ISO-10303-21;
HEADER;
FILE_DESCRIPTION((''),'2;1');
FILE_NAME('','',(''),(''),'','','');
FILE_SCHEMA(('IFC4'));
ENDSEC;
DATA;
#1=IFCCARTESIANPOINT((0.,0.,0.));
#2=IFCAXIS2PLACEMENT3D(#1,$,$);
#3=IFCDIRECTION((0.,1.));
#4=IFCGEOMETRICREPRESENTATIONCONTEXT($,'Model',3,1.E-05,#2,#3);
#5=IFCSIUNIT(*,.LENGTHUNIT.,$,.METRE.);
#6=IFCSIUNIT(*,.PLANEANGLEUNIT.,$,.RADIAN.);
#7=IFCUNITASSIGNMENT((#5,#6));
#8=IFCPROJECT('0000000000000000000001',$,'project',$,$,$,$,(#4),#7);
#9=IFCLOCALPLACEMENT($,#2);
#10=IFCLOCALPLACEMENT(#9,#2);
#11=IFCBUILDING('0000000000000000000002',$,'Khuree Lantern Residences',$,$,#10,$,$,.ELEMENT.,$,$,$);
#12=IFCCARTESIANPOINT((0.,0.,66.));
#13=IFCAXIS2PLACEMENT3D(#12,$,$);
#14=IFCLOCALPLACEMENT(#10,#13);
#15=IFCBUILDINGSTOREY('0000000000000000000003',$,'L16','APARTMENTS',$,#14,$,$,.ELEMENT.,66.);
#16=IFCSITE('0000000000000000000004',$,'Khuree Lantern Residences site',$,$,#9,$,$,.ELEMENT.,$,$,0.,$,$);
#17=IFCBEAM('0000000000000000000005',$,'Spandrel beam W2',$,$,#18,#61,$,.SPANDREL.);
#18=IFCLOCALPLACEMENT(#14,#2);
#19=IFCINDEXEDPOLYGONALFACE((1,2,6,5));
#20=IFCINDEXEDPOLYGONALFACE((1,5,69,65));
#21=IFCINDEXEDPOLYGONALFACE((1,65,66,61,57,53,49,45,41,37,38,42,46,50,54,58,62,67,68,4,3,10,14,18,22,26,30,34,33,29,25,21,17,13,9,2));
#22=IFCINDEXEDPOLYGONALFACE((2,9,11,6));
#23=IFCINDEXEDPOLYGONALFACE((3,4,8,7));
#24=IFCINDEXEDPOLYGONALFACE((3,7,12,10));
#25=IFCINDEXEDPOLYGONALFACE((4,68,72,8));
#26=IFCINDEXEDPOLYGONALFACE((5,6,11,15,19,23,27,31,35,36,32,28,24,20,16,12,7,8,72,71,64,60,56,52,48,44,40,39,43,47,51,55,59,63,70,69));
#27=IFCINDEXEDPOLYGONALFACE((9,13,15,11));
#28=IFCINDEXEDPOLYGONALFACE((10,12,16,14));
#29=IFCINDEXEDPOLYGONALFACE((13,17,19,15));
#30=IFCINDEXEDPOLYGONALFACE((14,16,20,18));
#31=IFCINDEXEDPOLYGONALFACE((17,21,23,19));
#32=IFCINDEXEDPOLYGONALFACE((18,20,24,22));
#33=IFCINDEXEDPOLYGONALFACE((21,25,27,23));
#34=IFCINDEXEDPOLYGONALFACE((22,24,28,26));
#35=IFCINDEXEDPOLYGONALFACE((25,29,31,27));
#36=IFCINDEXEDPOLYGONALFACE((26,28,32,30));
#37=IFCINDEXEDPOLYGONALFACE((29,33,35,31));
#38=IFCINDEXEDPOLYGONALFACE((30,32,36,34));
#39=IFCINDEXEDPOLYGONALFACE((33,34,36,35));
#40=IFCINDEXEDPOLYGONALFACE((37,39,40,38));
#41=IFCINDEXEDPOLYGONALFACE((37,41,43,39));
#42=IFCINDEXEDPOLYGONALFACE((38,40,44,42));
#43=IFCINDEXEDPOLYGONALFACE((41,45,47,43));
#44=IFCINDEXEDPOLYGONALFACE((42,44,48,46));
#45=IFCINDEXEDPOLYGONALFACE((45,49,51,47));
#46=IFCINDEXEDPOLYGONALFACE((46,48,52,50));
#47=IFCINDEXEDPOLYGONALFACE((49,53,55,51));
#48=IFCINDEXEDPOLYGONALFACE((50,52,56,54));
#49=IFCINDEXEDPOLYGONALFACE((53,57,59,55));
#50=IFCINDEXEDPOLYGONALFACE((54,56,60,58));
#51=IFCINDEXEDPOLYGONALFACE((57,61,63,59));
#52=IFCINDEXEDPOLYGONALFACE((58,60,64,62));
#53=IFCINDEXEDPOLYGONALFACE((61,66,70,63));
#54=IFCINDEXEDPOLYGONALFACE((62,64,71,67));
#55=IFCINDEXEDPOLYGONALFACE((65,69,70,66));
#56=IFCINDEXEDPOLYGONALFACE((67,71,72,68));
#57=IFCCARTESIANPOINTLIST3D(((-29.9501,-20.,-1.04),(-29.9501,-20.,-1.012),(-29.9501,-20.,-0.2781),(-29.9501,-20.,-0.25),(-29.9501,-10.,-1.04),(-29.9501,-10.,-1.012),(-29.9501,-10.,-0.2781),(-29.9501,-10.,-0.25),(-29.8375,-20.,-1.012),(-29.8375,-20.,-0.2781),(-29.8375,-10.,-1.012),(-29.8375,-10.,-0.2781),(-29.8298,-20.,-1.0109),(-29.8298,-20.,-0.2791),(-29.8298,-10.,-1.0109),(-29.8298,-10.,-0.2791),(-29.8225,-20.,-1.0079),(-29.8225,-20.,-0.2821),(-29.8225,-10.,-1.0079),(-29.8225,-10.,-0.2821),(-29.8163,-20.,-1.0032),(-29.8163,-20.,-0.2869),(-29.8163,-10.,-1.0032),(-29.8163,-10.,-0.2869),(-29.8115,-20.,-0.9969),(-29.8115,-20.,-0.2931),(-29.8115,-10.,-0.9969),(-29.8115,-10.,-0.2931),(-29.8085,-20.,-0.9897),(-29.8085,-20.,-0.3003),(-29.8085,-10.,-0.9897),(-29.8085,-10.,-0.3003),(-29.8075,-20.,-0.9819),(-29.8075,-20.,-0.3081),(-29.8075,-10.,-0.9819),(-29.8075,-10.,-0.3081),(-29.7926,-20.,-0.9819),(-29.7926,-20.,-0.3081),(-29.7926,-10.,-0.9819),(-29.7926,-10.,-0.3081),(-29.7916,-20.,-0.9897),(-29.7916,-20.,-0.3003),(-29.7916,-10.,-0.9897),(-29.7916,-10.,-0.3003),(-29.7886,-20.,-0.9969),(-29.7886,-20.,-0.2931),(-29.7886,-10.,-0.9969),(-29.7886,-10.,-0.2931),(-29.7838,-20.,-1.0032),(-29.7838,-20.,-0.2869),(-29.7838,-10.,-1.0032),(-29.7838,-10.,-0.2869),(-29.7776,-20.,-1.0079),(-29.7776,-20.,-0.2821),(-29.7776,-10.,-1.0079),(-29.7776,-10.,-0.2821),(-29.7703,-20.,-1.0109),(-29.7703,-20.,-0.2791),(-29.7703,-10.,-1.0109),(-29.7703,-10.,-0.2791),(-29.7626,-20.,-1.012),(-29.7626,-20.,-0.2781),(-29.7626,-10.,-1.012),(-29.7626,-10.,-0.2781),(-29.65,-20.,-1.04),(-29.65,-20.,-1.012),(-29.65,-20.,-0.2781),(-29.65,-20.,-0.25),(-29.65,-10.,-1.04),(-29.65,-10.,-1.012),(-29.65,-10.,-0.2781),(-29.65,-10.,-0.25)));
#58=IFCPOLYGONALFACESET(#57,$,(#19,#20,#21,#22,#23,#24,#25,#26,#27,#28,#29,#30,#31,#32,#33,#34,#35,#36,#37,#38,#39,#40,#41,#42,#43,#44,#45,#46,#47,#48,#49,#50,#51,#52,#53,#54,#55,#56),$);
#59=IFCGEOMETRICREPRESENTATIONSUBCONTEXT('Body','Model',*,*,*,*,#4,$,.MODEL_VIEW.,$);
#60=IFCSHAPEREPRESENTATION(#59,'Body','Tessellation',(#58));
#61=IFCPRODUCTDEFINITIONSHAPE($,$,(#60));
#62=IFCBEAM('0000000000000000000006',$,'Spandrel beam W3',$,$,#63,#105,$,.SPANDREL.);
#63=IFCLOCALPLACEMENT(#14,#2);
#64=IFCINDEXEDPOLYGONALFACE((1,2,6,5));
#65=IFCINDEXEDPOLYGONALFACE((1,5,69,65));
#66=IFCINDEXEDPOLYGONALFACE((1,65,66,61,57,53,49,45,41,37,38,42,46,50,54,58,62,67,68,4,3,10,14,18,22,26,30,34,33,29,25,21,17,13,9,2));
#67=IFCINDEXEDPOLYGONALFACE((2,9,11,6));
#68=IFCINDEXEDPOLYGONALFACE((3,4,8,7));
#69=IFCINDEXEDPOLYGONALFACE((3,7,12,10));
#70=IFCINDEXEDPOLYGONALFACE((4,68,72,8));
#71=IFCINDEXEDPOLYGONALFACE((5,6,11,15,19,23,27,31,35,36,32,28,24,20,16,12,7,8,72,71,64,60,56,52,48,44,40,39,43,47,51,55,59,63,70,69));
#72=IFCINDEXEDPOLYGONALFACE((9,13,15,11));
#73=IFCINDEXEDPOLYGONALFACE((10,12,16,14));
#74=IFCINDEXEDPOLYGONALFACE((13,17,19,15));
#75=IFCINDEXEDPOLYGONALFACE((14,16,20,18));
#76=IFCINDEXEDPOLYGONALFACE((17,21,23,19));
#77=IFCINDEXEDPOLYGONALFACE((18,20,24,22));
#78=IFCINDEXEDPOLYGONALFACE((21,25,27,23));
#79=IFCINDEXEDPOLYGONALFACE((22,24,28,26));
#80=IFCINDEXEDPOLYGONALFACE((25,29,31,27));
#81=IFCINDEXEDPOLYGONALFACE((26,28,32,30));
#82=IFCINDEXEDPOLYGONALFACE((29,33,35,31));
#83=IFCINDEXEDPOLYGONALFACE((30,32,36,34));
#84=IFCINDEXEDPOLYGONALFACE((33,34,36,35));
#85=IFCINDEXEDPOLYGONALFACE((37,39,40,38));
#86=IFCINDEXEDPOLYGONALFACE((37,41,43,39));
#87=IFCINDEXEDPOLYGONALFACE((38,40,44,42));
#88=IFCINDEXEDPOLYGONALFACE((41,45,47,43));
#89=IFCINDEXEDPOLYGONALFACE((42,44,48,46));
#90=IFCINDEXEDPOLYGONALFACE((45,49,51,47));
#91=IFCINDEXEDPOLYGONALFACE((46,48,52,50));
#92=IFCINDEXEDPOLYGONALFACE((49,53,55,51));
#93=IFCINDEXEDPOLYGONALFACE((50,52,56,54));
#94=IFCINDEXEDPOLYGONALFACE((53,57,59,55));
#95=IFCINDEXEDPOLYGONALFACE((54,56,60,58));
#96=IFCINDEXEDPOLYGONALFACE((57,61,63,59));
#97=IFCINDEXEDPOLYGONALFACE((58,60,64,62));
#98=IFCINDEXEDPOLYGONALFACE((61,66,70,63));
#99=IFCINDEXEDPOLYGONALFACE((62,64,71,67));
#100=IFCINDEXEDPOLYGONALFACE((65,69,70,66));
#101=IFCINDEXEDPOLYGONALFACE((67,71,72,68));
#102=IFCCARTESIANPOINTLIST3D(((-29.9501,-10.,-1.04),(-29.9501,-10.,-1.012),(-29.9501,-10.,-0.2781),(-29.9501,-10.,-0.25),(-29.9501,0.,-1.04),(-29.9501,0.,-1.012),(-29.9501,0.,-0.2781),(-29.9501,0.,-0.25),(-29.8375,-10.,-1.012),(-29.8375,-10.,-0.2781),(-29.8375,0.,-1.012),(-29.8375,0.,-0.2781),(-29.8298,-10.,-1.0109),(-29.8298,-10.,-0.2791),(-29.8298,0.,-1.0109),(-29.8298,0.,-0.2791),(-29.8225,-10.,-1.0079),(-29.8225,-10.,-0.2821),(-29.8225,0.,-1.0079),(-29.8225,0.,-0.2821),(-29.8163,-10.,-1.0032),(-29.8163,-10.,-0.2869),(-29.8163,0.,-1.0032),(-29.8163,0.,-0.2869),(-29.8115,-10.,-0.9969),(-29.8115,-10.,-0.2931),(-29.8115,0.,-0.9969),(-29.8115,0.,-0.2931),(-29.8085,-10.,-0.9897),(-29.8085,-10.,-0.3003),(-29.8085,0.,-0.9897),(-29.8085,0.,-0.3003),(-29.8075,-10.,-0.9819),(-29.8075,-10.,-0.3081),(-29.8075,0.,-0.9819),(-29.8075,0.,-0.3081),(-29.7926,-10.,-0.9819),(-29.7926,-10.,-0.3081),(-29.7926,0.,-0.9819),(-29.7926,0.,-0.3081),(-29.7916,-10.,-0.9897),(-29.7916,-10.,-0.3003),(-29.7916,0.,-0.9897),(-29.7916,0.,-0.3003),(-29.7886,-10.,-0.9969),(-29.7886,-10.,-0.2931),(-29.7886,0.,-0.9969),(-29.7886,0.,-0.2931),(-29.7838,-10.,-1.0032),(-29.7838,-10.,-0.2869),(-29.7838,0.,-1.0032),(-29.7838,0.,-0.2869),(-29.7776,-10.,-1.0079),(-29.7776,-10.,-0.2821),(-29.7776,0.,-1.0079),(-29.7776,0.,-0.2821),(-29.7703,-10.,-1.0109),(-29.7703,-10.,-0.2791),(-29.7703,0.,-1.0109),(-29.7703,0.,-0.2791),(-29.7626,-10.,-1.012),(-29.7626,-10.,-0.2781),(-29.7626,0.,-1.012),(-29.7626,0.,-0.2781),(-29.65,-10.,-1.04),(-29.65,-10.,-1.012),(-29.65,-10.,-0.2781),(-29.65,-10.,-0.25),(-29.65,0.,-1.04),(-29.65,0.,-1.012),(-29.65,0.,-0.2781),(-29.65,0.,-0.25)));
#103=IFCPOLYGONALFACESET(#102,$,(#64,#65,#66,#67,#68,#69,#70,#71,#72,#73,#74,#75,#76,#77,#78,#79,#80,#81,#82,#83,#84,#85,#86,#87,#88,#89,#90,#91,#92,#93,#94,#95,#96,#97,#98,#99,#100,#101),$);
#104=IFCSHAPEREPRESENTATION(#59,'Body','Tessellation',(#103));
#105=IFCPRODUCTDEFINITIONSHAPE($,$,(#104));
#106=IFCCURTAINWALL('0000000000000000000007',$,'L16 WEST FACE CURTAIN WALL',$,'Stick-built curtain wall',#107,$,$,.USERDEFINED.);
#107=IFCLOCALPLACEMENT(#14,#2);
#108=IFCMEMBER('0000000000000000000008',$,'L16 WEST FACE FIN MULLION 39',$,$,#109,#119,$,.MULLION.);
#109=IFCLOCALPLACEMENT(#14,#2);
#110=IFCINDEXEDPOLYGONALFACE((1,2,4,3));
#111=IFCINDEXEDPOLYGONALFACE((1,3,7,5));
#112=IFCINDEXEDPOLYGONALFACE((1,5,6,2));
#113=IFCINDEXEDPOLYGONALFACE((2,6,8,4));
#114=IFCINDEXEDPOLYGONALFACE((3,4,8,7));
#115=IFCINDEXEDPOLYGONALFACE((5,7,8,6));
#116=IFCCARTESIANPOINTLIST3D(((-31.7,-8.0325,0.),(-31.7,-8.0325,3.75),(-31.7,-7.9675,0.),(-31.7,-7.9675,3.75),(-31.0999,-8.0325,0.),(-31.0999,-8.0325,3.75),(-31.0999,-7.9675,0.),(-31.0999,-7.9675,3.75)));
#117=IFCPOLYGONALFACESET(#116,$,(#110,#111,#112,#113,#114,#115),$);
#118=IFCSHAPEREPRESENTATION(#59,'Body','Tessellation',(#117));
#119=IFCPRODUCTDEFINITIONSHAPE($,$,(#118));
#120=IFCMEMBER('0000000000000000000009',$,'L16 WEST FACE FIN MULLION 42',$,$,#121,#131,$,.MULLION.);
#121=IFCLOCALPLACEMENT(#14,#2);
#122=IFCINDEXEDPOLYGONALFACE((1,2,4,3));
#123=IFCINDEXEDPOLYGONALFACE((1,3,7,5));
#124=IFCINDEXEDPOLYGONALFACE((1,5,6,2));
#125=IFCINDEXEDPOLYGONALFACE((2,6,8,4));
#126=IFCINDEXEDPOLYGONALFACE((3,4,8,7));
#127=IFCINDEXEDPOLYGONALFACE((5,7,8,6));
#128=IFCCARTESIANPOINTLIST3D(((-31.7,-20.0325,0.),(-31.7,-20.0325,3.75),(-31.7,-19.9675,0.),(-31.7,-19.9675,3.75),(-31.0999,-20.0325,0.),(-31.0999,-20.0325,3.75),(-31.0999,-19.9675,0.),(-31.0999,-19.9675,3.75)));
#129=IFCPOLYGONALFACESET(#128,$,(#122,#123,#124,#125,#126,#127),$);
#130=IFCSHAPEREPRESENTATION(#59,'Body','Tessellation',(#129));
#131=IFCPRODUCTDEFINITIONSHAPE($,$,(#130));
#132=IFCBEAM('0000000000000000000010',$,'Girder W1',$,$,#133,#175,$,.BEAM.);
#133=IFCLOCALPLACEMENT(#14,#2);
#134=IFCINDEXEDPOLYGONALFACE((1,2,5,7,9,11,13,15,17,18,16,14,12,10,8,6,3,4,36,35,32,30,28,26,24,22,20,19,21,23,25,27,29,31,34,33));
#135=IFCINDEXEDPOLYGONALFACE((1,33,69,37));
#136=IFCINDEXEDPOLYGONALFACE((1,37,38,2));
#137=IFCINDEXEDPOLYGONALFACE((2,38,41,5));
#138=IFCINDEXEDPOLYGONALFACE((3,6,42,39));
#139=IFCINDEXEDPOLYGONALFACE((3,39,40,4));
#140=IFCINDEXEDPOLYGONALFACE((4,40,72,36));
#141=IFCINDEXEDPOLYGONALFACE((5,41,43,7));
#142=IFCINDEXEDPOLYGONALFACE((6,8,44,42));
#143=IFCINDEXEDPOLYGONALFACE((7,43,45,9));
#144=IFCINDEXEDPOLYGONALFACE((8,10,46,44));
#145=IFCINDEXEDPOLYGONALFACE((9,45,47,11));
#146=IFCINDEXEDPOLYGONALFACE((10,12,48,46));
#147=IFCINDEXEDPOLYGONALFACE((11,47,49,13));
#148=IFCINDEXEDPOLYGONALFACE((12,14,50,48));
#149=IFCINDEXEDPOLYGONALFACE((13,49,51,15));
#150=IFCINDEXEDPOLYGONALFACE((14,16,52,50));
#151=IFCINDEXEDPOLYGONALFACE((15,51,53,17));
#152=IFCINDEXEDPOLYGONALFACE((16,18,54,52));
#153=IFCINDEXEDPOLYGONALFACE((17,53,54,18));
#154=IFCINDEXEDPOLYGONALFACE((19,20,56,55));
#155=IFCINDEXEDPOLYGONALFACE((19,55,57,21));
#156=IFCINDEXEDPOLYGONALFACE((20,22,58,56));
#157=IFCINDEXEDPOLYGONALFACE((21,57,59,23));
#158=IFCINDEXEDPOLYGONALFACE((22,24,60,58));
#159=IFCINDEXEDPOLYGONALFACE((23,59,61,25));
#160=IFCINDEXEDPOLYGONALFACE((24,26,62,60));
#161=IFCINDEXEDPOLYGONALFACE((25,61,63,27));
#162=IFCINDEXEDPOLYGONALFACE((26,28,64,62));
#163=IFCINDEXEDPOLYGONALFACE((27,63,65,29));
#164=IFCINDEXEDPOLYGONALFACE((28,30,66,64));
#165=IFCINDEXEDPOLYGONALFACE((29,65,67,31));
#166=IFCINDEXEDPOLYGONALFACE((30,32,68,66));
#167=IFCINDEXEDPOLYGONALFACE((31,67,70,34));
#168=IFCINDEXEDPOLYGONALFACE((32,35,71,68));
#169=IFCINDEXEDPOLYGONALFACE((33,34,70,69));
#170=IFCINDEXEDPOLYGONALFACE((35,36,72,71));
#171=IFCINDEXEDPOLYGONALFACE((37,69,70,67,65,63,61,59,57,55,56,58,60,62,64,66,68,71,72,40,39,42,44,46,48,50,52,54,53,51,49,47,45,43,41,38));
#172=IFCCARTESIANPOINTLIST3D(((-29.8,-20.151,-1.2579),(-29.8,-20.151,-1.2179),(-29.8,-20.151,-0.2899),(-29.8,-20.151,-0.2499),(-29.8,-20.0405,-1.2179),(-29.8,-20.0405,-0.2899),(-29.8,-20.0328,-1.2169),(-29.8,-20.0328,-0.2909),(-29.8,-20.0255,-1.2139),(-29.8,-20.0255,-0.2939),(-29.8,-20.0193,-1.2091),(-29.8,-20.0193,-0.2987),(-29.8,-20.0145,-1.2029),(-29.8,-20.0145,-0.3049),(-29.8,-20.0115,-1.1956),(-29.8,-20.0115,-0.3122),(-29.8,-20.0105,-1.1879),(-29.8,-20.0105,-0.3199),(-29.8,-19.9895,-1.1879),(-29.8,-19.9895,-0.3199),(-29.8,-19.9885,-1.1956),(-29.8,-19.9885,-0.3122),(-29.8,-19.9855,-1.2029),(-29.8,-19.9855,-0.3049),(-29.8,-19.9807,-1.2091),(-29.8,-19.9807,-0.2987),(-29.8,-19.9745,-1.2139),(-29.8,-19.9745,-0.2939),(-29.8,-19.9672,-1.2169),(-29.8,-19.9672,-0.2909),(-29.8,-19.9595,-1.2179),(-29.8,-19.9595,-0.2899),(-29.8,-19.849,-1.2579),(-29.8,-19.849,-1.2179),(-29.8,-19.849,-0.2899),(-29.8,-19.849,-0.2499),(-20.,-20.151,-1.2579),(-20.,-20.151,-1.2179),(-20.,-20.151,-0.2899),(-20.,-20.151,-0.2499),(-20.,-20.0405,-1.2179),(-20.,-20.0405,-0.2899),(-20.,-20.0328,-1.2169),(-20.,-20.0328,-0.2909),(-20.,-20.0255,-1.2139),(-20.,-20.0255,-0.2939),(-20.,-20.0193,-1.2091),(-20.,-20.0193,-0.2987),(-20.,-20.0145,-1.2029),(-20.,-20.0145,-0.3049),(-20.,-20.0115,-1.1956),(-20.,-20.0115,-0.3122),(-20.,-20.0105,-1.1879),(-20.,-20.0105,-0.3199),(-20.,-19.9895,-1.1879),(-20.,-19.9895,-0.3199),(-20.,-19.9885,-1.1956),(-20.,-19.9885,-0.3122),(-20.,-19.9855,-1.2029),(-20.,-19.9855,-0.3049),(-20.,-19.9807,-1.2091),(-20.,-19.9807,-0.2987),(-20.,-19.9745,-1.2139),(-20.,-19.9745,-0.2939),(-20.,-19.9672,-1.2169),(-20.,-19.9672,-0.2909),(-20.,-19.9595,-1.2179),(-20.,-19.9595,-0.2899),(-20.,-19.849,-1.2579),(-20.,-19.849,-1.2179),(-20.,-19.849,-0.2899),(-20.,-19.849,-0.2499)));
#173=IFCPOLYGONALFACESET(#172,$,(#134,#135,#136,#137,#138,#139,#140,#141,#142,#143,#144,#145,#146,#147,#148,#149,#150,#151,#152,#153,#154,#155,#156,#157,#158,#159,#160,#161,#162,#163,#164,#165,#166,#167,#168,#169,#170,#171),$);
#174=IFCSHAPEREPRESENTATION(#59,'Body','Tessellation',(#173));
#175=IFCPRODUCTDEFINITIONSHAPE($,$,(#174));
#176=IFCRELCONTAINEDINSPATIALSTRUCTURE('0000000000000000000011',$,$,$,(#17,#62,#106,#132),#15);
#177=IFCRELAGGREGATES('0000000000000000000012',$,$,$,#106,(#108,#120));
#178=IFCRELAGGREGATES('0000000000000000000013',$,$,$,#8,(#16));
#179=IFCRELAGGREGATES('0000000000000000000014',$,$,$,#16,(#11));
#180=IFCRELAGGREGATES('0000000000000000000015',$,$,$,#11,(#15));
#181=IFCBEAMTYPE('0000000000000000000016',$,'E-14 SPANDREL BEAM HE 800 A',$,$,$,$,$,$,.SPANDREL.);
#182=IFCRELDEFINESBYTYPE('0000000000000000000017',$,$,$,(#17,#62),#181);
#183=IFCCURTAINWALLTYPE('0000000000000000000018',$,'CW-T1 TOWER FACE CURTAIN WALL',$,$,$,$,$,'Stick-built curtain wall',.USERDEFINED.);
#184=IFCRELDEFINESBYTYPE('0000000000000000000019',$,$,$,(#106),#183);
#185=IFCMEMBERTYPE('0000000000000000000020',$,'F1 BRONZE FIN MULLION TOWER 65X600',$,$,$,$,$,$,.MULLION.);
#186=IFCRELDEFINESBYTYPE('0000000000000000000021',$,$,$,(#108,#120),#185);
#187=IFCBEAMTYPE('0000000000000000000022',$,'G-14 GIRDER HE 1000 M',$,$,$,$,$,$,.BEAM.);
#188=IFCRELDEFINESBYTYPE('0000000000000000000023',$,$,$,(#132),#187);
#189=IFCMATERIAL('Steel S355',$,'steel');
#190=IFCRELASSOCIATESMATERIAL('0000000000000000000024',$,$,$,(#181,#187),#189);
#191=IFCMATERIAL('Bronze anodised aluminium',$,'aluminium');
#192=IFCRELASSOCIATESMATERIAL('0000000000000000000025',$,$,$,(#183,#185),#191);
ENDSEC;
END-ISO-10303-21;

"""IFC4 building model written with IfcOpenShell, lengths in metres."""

from ifc_helpers import new_model, si_unit, direction, frame, origin, origin_2d, place, context, subcontext, project, spatial, rectangle, i_section, extrude, material, material_profile, profile_set, type_object, element, aggregate, save


model = new_model("IFC4")

# Units and contexts
model_context = context("Model", 3, precision=1e-05, world=origin(), true_north=direction((0.0, 1.0)))
body_context = subcontext(model_context, "Body", "Model", "MODEL_VIEW")
ifc_project = project(units=[si_unit("LENGTHUNIT", "METRE"), si_unit("PLANEANGLEUNIT", "RADIAN")], contexts=[model_context])

# Site, building, storey
site_placement = place(None, origin())
site = spatial("IfcSite", under=ifc_project, at=site_placement, Name="Khuree Lantern Residences site", CompositionType="ELEMENT", RefElevation=0.0)
building_placement = place(site_placement, origin())
building = spatial("IfcBuilding", under=site, at=building_placement, Name="Khuree Lantern Residences", CompositionType="ELEMENT")
storey_placement = place(building_placement, frame((0.0, 0.0, 66.0)))
storey = spatial("IfcBuildingStorey", under=building, at=storey_placement, Name="L16", Description="APARTMENTS", CompositionType="ELEMENT", Elevation=66.0)

# Beams
ifc_material_1 = material(Name="Steel S355", Category="steel")
ifc_material_profile_1 = material_profile(ifc_material_1, i_section(OverallWidth=0.3, OverallDepth=0.79, WebThickness=0.0149, FlangeThickness=0.0281, FilletRadius=0.03, at=origin_2d()), Name="HE 800 A")
ifc_profile_set_1 = profile_set([ifc_material_profile_1], Name="Steel S355")
beam_type_1 = type_object("IfcBeamType", Name="E-14 SPANDREL BEAM HE 800 A", PredefinedType="SPANDREL", material=ifc_profile_set_1)
for number, where, z_axis, x_axis, name in (
    (1, (-29.8, -20.0, -0.645), (0.0, 1.0, 0.0), (-1.0, 0.0, 0.0), "Spandrel beam W2"),
    (2, (-29.8, -10.0, -0.645), (0.0, 1.0, 0.0), (-1.0, 0.0, 0.0), "Spandrel beam W3"),
):
    element("IfcBeam", number, at=place(storey_placement, frame(where, z_axis=z_axis, x_axis=x_axis)), inside=storey, type_object=beam_type_1, Name=name, PredefinedType="SPANDREL", context=body_context, shape_type="SweptSolid", body=[
        extrude(i_section(OverallWidth=0.3, OverallDepth=0.79, WebThickness=0.0149, FlangeThickness=0.0281, FilletRadius=0.03, at=origin_2d()), origin(), (0.0, 0.0, 1.0), 10.0),
    ])

# Curtain wall, members
ifc_material_2 = material(Name="Bronze anodised aluminium", Category="aluminium")
curtain_wall_type = type_object("IfcCurtainWallType", Name="CW-T1 TOWER FACE CURTAIN WALL", ElementType="Stick-built curtain wall", PredefinedType="USERDEFINED", material=ifc_material_2)
curtain_wall_placement = place(storey_placement, origin())
curtain_wall = element("IfcCurtainWall", 3, at=curtain_wall_placement, inside=storey, type_object=curtain_wall_type, Name="L16 WEST FACE CURTAIN WALL", ObjectType="Stick-built curtain wall", PredefinedType="USERDEFINED")
ifc_material_profile_2 = material_profile(ifc_material_2, rectangle(XDim=0.0649, YDim=0.6001, at=origin_2d()), Name="F1 65X600")
ifc_profile_set_2 = profile_set([ifc_material_profile_2], Name="Bronze anodised aluminium")
member_type_1 = type_object("IfcMemberType", Name="F1 BRONZE FIN MULLION TOWER 65X600", PredefinedType="MULLION", material=ifc_profile_set_2)
member_1_placement = place(storey_placement, frame((-31.3999, -8.0, 0.0), z_axis=(0.0, 0.0, 1.0), x_axis=(0.0, -1.0, 0.0)))
member_1 = element("IfcMember", 4, at=member_1_placement, type_object=member_type_1, Name="L16 WEST FACE FIN MULLION 39", PredefinedType="MULLION", context=body_context, shape_type="SweptSolid", body=[
    extrude(rectangle(XDim=0.0649, YDim=0.6001, at=origin_2d()), origin(), (0.0, 0.0, 1.0), 3.75),
])
member_2_placement = place(storey_placement, frame((-31.3999, -20.0, 0.0), z_axis=(0.0, 0.0, 1.0), x_axis=(0.0, -1.0, 0.0)))
member_2 = element("IfcMember", 5, at=member_2_placement, type_object=member_type_1, Name="L16 WEST FACE FIN MULLION 42", PredefinedType="MULLION", context=body_context, shape_type="SweptSolid", body=[
    extrude(rectangle(XDim=0.0649, YDim=0.6001, at=origin_2d()), origin(), (0.0, 0.0, 1.0), 3.75),
])

# Beam
ifc_material_profile_3 = material_profile(ifc_material_1, i_section(OverallWidth=0.302, OverallDepth=1.0081, WebThickness=0.021, FlangeThickness=0.04, FilletRadius=0.03, at=origin_2d()), Name="HE 1000 M")
ifc_profile_set_3 = profile_set([ifc_material_profile_3], Name="Steel S355")
beam_type_2 = type_object("IfcBeamType", Name="G-14 GIRDER HE 1000 M", PredefinedType="BEAM", material=ifc_profile_set_3)
beam_1_placement = place(storey_placement, frame((-29.8, -20.0, -0.7539), z_axis=(1.0, 0.0, 0.0), x_axis=(0.0, 1.0, 0.0)))
element("IfcBeam", 6, at=beam_1_placement, inside=storey, type_object=beam_type_2, Name="Girder W1", PredefinedType="BEAM", context=body_context, shape_type="SweptSolid", body=[
    extrude(i_section(OverallWidth=0.302, OverallDepth=1.0081, WebThickness=0.021, FlangeThickness=0.04, FilletRadius=0.03, at=origin_2d()), origin(), (0.0, 0.0, 1.0), 9.8),
])

aggregate(curtain_wall, [member_1, member_2])

save(model, "model.ifc")
